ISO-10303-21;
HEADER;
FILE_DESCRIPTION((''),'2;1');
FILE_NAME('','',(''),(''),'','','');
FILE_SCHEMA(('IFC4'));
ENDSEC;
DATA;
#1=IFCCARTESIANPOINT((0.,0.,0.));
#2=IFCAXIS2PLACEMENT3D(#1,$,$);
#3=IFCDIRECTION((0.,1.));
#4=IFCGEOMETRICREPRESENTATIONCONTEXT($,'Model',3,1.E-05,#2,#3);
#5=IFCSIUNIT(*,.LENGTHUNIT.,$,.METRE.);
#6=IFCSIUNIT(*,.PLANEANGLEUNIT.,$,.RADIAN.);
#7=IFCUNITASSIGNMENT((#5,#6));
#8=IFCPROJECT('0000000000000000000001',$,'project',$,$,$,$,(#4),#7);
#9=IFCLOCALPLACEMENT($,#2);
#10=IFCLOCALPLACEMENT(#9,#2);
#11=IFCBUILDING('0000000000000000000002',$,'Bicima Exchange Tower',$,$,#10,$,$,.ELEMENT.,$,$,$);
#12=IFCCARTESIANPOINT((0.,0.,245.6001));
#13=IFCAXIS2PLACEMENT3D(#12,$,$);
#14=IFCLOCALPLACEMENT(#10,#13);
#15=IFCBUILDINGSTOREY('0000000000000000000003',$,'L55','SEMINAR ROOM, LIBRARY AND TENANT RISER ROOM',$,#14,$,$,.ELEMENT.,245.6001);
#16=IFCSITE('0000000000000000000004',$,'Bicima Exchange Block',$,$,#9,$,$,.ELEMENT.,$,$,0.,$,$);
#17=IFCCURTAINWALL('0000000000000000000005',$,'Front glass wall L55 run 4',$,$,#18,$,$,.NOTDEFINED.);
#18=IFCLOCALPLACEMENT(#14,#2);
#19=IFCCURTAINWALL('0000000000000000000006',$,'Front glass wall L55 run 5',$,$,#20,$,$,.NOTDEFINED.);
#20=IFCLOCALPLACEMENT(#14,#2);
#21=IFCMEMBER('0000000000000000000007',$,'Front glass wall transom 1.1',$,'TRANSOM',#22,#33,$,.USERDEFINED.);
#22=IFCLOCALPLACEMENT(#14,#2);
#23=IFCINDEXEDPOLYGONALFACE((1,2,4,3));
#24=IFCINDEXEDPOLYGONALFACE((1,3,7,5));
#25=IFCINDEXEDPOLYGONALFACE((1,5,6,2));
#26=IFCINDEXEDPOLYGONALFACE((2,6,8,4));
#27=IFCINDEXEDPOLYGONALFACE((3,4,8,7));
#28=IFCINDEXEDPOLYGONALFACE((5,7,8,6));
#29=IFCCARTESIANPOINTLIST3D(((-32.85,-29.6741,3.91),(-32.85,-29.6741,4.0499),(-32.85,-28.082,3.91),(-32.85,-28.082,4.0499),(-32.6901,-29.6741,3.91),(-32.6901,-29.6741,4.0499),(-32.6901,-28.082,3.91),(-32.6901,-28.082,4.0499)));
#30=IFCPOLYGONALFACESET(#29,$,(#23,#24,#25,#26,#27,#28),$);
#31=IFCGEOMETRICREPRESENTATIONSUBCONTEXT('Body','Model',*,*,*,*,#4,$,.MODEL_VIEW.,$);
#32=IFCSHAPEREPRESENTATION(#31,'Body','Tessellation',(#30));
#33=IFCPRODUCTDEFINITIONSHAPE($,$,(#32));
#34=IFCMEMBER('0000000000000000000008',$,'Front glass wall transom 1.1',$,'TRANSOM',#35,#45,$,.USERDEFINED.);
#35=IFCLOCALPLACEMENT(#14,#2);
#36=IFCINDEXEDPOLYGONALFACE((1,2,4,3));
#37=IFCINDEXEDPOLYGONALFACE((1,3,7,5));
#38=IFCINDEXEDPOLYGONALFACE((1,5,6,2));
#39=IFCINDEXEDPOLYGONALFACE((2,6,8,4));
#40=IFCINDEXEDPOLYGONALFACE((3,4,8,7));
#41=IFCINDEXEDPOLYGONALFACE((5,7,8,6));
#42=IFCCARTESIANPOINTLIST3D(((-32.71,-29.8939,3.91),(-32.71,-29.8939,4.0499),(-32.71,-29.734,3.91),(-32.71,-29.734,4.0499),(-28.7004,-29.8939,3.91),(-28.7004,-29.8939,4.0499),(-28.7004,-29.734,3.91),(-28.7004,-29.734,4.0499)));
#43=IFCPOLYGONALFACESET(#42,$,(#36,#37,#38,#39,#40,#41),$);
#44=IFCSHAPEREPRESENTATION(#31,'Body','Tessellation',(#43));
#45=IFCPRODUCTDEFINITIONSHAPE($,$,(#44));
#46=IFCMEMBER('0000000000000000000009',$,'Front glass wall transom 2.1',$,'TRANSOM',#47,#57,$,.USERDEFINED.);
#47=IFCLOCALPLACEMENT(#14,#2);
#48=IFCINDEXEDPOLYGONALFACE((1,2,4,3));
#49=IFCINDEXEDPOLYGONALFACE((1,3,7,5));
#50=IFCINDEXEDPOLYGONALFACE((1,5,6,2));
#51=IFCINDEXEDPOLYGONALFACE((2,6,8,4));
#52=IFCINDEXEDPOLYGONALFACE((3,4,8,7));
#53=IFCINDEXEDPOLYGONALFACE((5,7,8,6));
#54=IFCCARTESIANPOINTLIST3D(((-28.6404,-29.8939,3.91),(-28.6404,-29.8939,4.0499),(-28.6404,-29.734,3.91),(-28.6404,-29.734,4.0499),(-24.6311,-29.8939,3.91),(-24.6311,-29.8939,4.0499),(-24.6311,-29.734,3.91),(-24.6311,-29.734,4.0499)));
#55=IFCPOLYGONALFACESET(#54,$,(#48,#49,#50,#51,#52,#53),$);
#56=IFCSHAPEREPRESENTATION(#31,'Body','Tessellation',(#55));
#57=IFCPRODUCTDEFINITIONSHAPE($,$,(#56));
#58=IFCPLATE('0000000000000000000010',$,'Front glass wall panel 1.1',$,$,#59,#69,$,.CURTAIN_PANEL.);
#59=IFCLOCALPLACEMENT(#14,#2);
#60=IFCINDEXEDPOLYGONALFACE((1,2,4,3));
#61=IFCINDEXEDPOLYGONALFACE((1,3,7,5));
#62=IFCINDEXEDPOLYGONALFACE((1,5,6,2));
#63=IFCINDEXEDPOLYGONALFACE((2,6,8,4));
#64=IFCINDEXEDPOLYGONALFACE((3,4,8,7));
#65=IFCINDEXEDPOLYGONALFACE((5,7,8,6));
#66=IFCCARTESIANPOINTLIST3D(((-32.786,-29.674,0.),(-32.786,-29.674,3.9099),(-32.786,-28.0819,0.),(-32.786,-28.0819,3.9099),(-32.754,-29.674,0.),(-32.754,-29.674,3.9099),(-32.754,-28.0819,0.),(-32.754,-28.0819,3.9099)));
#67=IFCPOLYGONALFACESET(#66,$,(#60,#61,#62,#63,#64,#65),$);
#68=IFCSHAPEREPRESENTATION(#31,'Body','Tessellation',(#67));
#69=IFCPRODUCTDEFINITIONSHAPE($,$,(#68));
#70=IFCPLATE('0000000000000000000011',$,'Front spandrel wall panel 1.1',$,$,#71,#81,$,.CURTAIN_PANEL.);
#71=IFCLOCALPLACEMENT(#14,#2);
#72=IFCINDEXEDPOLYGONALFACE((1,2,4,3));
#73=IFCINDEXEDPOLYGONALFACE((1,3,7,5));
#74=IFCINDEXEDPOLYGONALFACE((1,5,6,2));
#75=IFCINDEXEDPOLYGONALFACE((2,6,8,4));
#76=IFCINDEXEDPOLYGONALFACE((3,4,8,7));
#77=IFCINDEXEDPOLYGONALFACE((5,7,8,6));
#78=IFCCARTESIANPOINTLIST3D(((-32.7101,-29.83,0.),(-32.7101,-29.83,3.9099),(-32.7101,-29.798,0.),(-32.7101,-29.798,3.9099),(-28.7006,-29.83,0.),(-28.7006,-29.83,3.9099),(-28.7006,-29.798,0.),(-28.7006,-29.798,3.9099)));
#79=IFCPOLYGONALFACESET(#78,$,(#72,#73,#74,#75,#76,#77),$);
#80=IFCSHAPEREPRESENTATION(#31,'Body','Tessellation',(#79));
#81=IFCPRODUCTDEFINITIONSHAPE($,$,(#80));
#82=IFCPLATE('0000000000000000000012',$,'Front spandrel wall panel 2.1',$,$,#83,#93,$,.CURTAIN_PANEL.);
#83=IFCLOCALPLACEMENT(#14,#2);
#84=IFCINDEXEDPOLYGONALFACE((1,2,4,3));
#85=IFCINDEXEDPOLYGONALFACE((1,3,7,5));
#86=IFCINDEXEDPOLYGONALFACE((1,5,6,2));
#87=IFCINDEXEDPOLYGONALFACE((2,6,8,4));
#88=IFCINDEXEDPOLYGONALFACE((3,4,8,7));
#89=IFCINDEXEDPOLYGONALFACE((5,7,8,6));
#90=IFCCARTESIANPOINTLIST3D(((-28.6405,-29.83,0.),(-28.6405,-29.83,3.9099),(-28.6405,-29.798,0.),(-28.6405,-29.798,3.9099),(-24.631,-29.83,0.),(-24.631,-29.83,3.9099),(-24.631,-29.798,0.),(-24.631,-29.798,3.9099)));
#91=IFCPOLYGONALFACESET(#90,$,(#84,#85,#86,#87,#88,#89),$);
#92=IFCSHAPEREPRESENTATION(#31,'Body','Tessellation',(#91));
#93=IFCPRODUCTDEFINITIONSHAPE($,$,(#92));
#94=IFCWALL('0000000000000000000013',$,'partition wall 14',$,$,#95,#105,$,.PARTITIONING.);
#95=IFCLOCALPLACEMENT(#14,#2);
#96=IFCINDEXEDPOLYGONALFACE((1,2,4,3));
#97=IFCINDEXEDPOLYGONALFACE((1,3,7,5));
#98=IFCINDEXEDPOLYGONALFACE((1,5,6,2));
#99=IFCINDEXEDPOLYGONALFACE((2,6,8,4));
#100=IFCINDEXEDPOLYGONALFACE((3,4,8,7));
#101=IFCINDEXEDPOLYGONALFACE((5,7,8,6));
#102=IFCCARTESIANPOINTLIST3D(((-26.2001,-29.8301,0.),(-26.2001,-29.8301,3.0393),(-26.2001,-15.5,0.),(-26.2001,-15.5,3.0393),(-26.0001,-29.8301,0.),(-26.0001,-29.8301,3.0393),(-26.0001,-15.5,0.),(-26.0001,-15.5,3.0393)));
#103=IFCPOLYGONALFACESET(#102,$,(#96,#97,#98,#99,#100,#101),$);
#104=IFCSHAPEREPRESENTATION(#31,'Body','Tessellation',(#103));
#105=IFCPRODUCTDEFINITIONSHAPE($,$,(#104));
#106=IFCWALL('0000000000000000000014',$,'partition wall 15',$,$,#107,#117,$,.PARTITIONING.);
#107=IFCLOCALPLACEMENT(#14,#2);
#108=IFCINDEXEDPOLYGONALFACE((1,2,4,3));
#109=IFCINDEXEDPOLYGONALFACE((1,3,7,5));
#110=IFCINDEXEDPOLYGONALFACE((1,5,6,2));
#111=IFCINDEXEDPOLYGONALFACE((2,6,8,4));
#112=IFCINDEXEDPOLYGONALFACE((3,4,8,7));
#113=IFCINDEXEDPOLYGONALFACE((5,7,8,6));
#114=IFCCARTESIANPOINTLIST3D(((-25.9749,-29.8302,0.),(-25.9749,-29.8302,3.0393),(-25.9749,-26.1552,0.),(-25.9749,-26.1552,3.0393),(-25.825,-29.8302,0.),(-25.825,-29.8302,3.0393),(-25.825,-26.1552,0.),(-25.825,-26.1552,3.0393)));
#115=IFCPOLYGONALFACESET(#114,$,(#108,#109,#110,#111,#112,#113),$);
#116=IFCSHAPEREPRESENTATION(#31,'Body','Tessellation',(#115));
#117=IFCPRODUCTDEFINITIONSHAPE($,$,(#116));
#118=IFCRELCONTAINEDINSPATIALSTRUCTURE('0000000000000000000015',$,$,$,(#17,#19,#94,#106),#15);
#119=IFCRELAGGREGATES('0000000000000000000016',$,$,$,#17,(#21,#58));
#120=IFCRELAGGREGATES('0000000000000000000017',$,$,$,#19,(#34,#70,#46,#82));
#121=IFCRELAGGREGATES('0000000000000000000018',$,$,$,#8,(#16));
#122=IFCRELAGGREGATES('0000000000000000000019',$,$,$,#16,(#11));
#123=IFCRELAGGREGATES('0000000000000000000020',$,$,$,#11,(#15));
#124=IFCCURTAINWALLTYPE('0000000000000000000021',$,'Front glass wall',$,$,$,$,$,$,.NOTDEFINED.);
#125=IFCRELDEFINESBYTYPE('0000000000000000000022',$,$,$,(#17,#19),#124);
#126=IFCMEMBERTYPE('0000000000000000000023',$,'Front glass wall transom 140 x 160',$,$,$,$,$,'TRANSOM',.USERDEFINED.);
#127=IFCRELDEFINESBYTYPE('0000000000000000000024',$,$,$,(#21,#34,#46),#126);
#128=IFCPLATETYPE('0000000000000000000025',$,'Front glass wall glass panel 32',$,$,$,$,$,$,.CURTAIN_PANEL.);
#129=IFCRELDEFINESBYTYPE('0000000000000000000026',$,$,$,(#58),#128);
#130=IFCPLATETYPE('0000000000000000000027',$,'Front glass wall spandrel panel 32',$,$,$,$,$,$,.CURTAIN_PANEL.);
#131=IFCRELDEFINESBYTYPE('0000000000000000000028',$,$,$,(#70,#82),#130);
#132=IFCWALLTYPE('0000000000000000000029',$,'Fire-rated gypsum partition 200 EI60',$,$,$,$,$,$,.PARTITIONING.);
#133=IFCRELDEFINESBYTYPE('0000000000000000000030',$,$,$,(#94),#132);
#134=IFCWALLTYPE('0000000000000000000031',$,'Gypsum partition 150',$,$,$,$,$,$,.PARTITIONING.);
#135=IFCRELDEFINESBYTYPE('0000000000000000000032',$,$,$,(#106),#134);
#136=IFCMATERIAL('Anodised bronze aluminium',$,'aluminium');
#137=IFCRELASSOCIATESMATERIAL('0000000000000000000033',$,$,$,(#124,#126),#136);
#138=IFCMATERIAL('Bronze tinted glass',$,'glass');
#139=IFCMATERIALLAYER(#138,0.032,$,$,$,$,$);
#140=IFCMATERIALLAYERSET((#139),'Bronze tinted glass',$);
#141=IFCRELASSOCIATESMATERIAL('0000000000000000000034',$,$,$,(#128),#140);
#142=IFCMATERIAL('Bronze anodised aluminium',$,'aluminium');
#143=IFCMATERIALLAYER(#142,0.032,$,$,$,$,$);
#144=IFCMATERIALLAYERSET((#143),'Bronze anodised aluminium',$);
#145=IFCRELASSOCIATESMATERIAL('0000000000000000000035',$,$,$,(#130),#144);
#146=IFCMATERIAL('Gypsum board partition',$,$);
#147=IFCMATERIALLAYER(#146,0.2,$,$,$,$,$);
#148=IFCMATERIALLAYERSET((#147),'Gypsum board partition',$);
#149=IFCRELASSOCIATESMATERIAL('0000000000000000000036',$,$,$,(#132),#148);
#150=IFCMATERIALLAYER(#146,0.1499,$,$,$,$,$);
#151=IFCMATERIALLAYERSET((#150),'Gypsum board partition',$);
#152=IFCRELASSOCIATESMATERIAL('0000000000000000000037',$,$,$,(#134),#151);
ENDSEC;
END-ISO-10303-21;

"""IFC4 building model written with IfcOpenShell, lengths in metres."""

from ifc_helpers import new_model, si_unit, direction, frame, frame_2d, origin, origin_2d, place, context, subcontext, project, spatial, rectangle, extrude, material, layer, layer_set, material_profile, profile_set, type_object, element, aggregate, save


model = new_model("IFC4")

# Units and contexts
model_context = context("Model", 3, precision=1e-05, world=origin(), true_north=direction((0.0, 1.0)))
body_context = subcontext(model_context, "Body", "Model", "MODEL_VIEW")
ifc_project = project(units=[si_unit("LENGTHUNIT", "METRE"), si_unit("PLANEANGLEUNIT", "RADIAN")], contexts=[model_context])

# Site, building, storey
site_placement = place(None, origin())
site = spatial("IfcSite", under=ifc_project, at=site_placement, Name="Bicima Exchange Block", CompositionType="ELEMENT", RefElevation=0.0)
building_placement = place(site_placement, origin())
building = spatial("IfcBuilding", under=site, at=building_placement, Name="Bicima Exchange Tower", CompositionType="ELEMENT")
storey_placement = place(building_placement, frame((0.0, 0.0, 245.6001)))
storey = spatial("IfcBuildingStorey", under=building, at=storey_placement, Name="L55", Description="SEMINAR ROOM, LIBRARY AND TENANT RISER ROOM", CompositionType="ELEMENT", Elevation=245.6001)

# Shared definitions
ifc_material_1 = material(Name="Anodised bronze aluminium", Category="aluminium")
curtain_wall_type = type_object("IfcCurtainWallType", Name="Front glass wall", PredefinedType="NOTDEFINED", material=ifc_material_1)

# Curtain walls
curtain_wall_1_placement = place(storey_placement, origin())
curtain_wall_1 = element("IfcCurtainWall", 1, at=curtain_wall_1_placement, inside=storey, type_object=curtain_wall_type, Name="Front glass wall L55 run 4", PredefinedType="NOTDEFINED")
curtain_wall_2_placement = place(storey_placement, origin())
curtain_wall_2 = element("IfcCurtainWall", 2, at=curtain_wall_2_placement, inside=storey, type_object=curtain_wall_type, Name="Front glass wall L55 run 5", PredefinedType="NOTDEFINED")

# Members
ifc_material_profile_1 = material_profile(ifc_material_1, rectangle(XDim=0.1599, YDim=0.1399, at=origin_2d()))
ifc_profile_set_1 = profile_set([ifc_material_profile_1], Name="Anodised bronze aluminium")
member_type_1 = type_object("IfcMemberType", Name="Front glass wall transom 140 x 160", ElementType="TRANSOM", PredefinedType="USERDEFINED", material=ifc_profile_set_1)
member_1_placement = place(storey_placement, frame((-32.77, -28.082, 3.98), z_axis=(0.0, -1.0, 0.0), x_axis=(1.0, 0.0, 0.0)))
member_1 = element("IfcMember", 3, at=member_1_placement, type_object=member_type_1, Name="Front glass wall transom 1.1", ObjectType="TRANSOM", PredefinedType="USERDEFINED", context=body_context, shape_type="SweptSolid", body=[
    extrude(rectangle(XDim=0.1599, YDim=0.1399, at=origin_2d()), origin(), (0.0, 0.0, 1.0), 1.592),
])
member_2_placement = place(storey_placement, frame((-32.71, -29.814, 3.98), z_axis=(1.0, 0.0, 0.0), x_axis=(0.0, 1.0, 0.0)))
member_2 = element("IfcMember", 4, at=member_2_placement, type_object=member_type_1, Name="Front glass wall transom 1.1", ObjectType="TRANSOM", PredefinedType="USERDEFINED", context=body_context, shape_type="SweptSolid", body=[
    extrude(rectangle(XDim=0.1599, YDim=0.1399, at=origin_2d()), origin(), (0.0, 0.0, 1.0), 4.0095),
])
member_3_placement = place(storey_placement, frame((-28.6404, -29.814, 3.98), z_axis=(1.0, 0.0, 0.0), x_axis=(0.0, 1.0, 0.0)))
member_3 = element("IfcMember", 5, at=member_3_placement, type_object=member_type_1, Name="Front glass wall transom 2.1", ObjectType="TRANSOM", PredefinedType="USERDEFINED", context=body_context, shape_type="SweptSolid", body=[
    extrude(rectangle(XDim=0.1599, YDim=0.1399, at=origin_2d()), origin(), (0.0, 0.0, 1.0), 4.0093),
])

# Plates
ifc_material_2 = material(Name="Bronze tinted glass", Category="glass")
ifc_layer_1 = layer(ifc_material_2, 0.032)
ifc_layer_set_1 = layer_set([ifc_layer_1], Name="Bronze tinted glass")
plate_type_1 = type_object("IfcPlateType", Name="Front glass wall glass panel 32", PredefinedType="CURTAIN_PANEL", material=ifc_layer_set_1)
plate_1_placement = place(storey_placement, frame((-32.77, -28.8779, 0.0), z_axis=(0.0, 0.0, 1.0), x_axis=(0.0, -1.0, 0.0)))
plate_1 = element("IfcPlate", 6, at=plate_1_placement, type_object=plate_type_1, Name="Front glass wall panel 1.1", PredefinedType="CURTAIN_PANEL", context=body_context, shape_type="SweptSolid", body=[
    extrude(rectangle(XDim=1.592, YDim=0.032, at=origin_2d()), origin(), (0.0, 0.0, 1.0), 3.9099),
])
aggregate(curtain_wall_1, [member_1, plate_1])
ifc_material_3 = material(Name="Bronze anodised aluminium", Category="aluminium")
ifc_layer_2 = layer(ifc_material_3, 0.032)
ifc_layer_set_2 = layer_set([ifc_layer_2], Name="Bronze anodised aluminium")
plate_type_2 = type_object("IfcPlateType", Name="Front glass wall spandrel panel 32", PredefinedType="CURTAIN_PANEL", material=ifc_layer_set_2)
plate_2_placement = place(storey_placement, frame((-30.7053, -29.814, 0.0), z_axis=(0.0, 0.0, 1.0), x_axis=(1.0, 0.0, 0.0)))
plate_2 = element("IfcPlate", 7, at=plate_2_placement, type_object=plate_type_2, Name="Front spandrel wall panel 1.1", PredefinedType="CURTAIN_PANEL", context=body_context, shape_type="SweptSolid", body=[
    extrude(rectangle(XDim=4.0095, YDim=0.032, at=origin_2d()), origin(), (0.0, 0.0, 1.0), 3.9099),
])
plate_3_placement = place(storey_placement, frame((-26.6357, -29.814, 0.0), z_axis=(0.0, 0.0, 1.0), x_axis=(1.0, 0.0, 0.0)))
plate_3 = element("IfcPlate", 8, at=plate_3_placement, type_object=plate_type_2, Name="Front spandrel wall panel 2.1", PredefinedType="CURTAIN_PANEL", context=body_context, shape_type="SweptSolid", body=[
    extrude(rectangle(XDim=4.0095, YDim=0.032, at=origin_2d()), origin(), (0.0, 0.0, 1.0), 3.9099),
])
aggregate(curtain_wall_2, [member_2, plate_2, member_3, plate_3])

# Walls
ifc_material_4 = material(Name="Gypsum board partition")
ifc_layer_3 = layer(ifc_material_4, 0.2)
ifc_layer_set_3 = layer_set([ifc_layer_3], Name="Gypsum board partition")
wall_type_1 = type_object("IfcWallType", Name="Fire-rated gypsum partition 200 EI60", PredefinedType="PARTITIONING", material=ifc_layer_set_3)
wall_1_placement = place(storey_placement, frame((-26.1001, -29.8301, 0.0), z_axis=(0.0, 0.0, 1.0), x_axis=(0.0, 1.0, 0.0)))
element("IfcWall", 9, at=wall_1_placement, inside=storey, type_object=wall_type_1, Name="partition wall 14", PredefinedType="PARTITIONING", context=body_context, shape_type="SweptSolid", body=[
    extrude(rectangle(XDim=14.3301, YDim=0.2, at=frame_2d((7.165, 0.0))), origin(), (0.0, 0.0, 1.0), 3.0393),
])
ifc_layer_4 = layer(ifc_material_4, 0.1499)
ifc_layer_set_4 = layer_set([ifc_layer_4], Name="Gypsum board partition")
wall_type_2 = type_object("IfcWallType", Name="Gypsum partition 150", PredefinedType="PARTITIONING", material=ifc_layer_set_4)
wall_2_placement = place(storey_placement, frame((-25.8999, -29.8301, 0.0), z_axis=(0.0, 0.0, 1.0), x_axis=(0.0, 1.0, 0.0)))
element("IfcWall", 10, at=wall_2_placement, inside=storey, type_object=wall_type_2, Name="partition wall 15", PredefinedType="PARTITIONING", context=body_context, shape_type="SweptSolid", body=[
    extrude(rectangle(XDim=3.675, YDim=0.1499, at=frame_2d((1.8374, 0.0))), origin(), (0.0, 0.0, 1.0), 3.0393),
])

save(model, "model.ifc")
